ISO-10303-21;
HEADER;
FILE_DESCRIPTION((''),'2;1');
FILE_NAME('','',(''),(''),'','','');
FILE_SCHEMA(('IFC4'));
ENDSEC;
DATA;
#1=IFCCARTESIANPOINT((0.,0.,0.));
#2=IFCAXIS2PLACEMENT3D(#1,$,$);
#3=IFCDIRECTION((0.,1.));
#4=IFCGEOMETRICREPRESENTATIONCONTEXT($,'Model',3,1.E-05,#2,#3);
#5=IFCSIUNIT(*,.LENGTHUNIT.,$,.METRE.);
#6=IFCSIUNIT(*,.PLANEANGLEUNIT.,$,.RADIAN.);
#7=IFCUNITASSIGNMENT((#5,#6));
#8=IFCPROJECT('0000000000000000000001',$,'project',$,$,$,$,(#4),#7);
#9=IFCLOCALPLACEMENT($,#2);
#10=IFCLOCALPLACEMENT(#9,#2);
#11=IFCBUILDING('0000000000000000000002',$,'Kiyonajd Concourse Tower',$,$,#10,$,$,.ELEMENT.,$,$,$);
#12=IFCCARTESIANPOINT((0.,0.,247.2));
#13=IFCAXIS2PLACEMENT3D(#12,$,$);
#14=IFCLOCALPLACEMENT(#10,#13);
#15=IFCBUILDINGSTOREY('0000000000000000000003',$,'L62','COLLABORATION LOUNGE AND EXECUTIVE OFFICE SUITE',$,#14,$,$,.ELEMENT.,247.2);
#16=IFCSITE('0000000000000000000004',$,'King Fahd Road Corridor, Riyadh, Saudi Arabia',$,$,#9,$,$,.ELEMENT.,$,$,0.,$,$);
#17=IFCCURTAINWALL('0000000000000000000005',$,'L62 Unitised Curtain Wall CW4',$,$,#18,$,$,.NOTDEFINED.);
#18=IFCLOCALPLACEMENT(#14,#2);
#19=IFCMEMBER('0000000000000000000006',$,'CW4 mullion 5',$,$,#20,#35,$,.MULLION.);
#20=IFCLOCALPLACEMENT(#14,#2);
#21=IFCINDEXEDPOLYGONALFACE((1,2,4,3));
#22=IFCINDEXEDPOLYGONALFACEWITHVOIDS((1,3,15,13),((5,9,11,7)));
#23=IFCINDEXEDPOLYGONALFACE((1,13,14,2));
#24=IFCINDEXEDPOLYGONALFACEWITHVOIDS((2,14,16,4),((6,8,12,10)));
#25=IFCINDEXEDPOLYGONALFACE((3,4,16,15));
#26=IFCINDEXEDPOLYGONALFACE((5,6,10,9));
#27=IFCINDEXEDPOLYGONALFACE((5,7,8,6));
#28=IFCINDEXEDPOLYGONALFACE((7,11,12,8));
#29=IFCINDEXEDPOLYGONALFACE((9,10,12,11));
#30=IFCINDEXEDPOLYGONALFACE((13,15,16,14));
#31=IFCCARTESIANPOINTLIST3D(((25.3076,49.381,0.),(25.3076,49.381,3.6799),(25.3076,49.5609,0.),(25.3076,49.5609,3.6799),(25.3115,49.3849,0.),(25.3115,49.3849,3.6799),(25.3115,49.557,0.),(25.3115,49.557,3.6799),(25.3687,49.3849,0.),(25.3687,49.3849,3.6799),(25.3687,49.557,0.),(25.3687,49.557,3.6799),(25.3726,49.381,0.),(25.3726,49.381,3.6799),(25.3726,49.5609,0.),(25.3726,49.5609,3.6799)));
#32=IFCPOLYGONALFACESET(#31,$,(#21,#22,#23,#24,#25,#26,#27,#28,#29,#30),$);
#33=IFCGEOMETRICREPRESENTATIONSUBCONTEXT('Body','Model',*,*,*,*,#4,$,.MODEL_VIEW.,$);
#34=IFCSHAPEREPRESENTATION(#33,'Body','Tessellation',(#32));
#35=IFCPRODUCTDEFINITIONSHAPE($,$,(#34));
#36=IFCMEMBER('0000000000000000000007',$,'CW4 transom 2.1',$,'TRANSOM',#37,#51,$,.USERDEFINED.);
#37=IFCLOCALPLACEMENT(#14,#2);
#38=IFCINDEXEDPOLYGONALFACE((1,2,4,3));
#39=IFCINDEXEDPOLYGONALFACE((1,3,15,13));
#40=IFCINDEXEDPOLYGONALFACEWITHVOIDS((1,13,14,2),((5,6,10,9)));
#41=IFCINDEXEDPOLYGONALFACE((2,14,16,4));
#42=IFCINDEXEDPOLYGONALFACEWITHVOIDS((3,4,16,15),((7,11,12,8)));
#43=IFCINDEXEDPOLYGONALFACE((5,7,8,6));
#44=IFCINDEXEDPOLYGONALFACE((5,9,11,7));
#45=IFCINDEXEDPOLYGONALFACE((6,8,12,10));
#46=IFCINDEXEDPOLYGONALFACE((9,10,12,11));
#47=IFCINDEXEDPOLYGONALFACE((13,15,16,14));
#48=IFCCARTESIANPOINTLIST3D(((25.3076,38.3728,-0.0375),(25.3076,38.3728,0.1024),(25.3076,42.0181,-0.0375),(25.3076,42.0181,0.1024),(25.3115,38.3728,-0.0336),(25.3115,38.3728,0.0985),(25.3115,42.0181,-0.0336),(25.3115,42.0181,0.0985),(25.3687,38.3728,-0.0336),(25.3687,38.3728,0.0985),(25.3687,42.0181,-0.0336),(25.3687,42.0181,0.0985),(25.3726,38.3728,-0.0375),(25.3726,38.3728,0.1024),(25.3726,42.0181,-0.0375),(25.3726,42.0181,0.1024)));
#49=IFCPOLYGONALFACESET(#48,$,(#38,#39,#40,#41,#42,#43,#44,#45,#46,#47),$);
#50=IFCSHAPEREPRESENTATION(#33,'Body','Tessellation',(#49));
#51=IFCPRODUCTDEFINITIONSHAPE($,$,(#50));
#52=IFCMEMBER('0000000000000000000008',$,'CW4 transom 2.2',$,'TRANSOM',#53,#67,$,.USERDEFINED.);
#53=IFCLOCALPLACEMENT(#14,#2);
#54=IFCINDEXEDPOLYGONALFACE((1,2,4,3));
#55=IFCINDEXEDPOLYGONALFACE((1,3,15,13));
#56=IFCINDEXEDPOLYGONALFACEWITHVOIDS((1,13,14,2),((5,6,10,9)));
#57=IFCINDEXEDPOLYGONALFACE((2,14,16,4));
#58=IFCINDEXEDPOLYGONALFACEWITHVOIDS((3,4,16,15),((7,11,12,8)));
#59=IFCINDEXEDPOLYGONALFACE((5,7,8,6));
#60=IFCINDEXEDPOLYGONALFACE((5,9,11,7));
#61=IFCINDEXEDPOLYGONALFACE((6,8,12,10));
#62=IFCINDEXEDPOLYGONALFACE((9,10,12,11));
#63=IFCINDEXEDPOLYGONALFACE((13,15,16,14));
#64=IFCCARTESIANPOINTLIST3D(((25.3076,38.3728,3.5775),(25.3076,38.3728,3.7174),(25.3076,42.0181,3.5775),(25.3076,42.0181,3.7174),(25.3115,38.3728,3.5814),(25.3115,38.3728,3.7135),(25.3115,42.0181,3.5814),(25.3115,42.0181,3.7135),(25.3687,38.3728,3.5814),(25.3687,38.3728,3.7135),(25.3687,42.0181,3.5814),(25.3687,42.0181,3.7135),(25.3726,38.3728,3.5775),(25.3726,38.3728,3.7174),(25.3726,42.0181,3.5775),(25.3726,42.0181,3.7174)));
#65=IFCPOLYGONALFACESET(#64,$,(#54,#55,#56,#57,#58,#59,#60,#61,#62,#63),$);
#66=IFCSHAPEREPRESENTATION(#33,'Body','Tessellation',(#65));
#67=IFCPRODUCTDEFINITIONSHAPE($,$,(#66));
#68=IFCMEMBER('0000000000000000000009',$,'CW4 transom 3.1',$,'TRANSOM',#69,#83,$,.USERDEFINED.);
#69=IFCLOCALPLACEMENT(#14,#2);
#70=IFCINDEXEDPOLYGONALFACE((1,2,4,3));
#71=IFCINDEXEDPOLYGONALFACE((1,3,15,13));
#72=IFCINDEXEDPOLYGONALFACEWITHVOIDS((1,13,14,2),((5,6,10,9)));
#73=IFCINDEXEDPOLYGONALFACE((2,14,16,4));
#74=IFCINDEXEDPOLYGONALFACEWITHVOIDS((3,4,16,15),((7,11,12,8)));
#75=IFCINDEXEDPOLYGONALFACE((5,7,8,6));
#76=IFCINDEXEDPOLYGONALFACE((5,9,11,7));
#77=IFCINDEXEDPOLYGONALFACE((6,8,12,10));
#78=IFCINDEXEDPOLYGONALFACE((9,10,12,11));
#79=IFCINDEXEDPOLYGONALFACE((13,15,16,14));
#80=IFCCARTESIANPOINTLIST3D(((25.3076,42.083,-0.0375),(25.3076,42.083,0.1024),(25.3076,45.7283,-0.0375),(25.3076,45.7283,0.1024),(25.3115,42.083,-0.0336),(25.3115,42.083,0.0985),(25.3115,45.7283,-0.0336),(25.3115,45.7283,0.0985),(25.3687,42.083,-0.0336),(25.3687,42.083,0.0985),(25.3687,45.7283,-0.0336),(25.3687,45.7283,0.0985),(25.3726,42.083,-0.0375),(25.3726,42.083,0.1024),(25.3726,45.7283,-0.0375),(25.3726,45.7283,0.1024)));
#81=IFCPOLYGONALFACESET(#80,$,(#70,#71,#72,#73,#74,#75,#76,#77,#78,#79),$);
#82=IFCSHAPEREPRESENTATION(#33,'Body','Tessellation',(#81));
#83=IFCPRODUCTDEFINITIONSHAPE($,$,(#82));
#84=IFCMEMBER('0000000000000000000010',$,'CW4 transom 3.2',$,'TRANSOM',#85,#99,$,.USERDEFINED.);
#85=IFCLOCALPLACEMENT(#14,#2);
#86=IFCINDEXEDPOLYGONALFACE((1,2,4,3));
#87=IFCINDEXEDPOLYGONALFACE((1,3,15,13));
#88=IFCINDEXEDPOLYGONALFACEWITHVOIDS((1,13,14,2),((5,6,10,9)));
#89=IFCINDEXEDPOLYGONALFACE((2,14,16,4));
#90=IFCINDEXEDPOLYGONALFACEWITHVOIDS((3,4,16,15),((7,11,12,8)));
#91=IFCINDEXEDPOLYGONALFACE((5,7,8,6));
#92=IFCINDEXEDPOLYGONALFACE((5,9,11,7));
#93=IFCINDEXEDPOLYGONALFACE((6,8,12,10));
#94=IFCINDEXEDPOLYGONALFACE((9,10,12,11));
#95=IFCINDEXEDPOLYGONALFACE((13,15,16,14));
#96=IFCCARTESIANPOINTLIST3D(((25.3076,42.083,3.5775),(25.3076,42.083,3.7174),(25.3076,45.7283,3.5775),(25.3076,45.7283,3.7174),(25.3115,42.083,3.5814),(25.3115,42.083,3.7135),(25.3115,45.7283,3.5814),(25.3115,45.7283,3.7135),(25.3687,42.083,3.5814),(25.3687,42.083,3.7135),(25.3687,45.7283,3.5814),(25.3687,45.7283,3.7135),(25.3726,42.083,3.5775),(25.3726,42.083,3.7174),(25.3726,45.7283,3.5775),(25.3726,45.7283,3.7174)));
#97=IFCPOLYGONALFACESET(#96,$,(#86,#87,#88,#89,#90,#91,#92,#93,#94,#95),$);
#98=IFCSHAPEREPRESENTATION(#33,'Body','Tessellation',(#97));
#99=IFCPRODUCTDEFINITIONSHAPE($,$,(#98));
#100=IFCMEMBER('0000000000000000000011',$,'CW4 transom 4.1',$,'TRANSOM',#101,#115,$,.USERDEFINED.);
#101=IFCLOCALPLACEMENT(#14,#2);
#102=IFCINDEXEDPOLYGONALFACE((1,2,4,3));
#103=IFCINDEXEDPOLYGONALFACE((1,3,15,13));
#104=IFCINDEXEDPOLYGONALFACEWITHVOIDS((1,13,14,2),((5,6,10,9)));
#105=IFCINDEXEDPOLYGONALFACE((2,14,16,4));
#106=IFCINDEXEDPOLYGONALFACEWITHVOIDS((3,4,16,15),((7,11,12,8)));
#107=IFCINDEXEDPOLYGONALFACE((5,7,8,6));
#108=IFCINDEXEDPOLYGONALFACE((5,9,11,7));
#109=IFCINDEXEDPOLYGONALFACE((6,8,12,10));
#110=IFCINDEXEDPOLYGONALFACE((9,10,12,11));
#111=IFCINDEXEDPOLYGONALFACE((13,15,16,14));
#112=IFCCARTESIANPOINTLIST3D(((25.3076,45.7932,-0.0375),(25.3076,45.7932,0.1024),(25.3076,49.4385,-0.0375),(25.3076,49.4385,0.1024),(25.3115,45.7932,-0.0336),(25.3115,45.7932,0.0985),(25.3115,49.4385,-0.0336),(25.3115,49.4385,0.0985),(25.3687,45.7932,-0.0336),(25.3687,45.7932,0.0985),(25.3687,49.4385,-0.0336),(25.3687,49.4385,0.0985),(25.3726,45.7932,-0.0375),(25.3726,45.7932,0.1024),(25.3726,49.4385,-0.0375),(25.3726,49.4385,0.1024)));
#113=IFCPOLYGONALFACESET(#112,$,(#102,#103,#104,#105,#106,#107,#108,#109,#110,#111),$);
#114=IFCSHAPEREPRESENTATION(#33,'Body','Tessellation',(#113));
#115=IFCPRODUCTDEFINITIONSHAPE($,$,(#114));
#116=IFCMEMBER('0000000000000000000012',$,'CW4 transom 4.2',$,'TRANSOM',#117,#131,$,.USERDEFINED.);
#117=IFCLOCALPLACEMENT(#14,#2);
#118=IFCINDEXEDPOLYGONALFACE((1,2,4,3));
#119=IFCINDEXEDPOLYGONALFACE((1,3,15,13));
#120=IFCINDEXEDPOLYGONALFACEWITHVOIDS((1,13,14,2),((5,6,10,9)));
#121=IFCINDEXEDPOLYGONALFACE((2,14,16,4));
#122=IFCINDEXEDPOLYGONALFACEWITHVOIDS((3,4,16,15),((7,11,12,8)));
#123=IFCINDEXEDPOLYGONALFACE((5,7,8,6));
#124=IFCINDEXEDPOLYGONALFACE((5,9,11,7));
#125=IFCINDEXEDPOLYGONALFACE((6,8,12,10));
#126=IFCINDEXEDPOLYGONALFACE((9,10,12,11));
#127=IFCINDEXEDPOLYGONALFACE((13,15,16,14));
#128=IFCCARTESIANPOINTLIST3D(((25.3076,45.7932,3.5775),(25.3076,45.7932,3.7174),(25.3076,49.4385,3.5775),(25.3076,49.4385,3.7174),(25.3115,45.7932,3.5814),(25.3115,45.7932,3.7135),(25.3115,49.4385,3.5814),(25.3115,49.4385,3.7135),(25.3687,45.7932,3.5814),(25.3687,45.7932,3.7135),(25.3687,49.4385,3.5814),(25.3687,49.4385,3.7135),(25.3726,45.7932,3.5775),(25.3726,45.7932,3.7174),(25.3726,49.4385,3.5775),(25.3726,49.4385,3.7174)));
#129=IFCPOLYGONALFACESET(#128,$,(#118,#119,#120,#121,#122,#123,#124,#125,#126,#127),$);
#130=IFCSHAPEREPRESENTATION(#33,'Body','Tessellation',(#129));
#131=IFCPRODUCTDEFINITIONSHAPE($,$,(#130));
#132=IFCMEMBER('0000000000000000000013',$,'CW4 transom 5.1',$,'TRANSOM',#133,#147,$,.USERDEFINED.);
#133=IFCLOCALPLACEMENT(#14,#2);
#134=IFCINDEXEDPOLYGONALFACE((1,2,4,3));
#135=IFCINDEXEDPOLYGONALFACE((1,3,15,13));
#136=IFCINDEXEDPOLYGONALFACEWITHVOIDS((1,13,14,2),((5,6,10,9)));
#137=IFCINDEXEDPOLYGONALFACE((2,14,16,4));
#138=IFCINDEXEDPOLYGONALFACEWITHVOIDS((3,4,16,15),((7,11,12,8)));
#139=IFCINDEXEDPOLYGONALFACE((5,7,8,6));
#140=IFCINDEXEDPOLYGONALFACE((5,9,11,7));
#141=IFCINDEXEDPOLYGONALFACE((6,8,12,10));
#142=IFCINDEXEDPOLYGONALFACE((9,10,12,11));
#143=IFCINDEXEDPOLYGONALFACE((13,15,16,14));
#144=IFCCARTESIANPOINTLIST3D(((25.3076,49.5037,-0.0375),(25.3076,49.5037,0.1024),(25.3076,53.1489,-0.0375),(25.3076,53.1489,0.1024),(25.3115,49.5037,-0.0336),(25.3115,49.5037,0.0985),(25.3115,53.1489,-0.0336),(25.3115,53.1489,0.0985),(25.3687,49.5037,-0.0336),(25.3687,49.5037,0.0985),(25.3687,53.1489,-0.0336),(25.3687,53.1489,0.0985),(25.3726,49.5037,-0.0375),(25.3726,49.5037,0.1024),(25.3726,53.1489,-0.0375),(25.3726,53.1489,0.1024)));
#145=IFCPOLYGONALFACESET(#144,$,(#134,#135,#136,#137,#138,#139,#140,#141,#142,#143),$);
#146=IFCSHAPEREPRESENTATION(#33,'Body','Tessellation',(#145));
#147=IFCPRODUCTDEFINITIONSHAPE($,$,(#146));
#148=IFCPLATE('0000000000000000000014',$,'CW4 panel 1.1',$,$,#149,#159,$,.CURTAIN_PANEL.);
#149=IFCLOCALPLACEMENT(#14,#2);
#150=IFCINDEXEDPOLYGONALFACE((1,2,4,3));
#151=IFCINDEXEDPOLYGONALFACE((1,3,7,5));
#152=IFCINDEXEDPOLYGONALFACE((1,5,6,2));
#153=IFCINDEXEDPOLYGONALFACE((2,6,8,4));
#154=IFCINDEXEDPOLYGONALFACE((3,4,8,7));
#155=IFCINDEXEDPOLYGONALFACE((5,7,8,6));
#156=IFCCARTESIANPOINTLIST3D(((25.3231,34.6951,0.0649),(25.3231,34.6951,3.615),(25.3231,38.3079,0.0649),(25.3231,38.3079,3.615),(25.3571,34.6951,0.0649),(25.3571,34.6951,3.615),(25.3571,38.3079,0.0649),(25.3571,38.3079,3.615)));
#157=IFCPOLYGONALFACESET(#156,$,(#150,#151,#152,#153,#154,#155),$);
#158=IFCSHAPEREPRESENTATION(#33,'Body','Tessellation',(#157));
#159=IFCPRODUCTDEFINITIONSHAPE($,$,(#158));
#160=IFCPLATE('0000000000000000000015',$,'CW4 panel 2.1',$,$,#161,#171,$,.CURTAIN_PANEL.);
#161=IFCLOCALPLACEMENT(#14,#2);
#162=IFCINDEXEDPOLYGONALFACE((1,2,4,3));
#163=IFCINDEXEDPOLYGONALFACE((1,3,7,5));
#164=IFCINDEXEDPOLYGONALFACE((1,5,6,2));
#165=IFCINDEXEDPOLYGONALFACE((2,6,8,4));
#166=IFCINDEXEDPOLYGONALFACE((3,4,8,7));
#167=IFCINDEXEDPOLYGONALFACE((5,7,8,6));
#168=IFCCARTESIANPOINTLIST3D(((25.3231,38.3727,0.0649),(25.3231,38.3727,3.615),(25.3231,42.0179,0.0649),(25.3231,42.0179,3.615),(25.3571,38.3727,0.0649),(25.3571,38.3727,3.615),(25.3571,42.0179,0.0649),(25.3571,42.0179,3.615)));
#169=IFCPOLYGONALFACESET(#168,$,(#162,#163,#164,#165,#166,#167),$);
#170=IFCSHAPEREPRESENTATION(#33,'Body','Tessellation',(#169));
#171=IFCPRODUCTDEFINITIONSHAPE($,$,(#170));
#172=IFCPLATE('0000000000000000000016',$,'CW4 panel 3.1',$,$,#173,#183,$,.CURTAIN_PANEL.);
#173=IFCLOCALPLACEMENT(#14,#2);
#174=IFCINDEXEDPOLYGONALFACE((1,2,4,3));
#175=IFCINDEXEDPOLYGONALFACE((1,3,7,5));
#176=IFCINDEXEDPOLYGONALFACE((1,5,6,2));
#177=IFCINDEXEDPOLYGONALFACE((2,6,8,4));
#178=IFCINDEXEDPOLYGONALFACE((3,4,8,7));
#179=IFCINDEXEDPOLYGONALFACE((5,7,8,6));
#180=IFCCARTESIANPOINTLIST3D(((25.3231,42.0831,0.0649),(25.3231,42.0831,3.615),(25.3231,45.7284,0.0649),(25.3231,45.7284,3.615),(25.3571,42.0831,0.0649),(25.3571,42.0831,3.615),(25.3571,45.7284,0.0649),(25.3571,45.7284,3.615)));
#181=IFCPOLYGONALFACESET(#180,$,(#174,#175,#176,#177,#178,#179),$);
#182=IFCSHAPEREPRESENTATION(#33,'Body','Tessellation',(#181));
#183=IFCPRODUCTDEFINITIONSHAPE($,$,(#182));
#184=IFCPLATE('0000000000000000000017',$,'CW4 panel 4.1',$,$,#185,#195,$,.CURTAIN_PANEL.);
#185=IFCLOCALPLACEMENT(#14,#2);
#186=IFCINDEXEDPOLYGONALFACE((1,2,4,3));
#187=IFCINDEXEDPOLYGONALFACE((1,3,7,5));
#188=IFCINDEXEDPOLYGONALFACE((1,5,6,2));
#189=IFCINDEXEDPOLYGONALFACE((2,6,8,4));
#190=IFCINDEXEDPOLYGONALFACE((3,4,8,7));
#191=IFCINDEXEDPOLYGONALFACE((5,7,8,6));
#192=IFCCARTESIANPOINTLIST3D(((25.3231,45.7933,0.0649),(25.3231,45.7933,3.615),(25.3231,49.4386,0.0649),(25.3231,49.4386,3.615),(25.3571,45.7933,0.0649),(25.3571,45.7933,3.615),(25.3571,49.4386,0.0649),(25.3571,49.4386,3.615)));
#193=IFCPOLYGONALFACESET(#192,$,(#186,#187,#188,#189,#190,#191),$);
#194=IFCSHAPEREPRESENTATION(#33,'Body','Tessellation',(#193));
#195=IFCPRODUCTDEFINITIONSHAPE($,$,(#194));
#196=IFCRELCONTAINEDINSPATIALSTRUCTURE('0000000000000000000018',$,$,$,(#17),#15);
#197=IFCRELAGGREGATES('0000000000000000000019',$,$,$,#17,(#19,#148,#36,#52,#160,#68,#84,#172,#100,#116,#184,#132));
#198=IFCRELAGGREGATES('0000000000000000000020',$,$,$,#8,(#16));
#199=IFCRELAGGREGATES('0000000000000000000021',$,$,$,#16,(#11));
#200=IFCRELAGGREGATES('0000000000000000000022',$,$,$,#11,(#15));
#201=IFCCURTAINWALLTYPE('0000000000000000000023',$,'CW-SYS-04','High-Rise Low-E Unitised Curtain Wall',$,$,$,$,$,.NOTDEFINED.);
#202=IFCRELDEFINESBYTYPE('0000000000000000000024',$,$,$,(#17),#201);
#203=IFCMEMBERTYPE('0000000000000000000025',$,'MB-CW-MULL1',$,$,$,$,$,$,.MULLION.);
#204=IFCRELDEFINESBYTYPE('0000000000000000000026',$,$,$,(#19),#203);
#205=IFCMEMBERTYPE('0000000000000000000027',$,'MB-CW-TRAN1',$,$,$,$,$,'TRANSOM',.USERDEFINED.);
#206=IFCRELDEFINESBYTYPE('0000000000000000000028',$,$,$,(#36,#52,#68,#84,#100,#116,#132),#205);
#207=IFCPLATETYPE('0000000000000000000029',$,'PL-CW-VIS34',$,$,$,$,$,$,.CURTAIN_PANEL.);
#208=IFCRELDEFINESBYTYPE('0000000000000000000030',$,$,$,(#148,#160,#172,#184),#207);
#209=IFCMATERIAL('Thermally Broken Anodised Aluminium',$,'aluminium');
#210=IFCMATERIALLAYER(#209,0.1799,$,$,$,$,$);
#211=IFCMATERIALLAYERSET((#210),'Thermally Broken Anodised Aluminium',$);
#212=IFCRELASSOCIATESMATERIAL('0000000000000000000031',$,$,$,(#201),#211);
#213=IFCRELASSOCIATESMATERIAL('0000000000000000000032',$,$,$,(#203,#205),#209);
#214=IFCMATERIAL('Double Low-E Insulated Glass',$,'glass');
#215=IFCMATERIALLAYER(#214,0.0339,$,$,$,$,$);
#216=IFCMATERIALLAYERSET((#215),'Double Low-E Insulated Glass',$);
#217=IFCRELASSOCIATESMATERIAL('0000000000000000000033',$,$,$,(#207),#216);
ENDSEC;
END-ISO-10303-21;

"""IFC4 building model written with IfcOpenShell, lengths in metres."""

from ifc_helpers import new_model, si_unit, direction, frame, origin, origin_2d, place, context, subcontext, project, spatial, rectangle, hollow_rectangle, extrude, material, layer, layer_set, material_profile, profile_set, type_object, element, aggregate, save


model = new_model("IFC4")

# Units and contexts
model_context = context("Model", 3, precision=1e-05, world=origin(), true_north=direction((0.0, 1.0)))
body_context = subcontext(model_context, "Body", "Model", "MODEL_VIEW")
ifc_project = project(units=[si_unit("LENGTHUNIT", "METRE"), si_unit("PLANEANGLEUNIT", "RADIAN")], contexts=[model_context])

# Site, building, storey
site_placement = place(None, origin())
site = spatial("IfcSite", under=ifc_project, at=site_placement, Name="King Fahd Road Corridor, Riyadh, Saudi Arabia", CompositionType="ELEMENT", RefElevation=0.0)
building_placement = place(site_placement, origin())
building = spatial("IfcBuilding", under=site, at=building_placement, Name="Kiyonajd Concourse Tower", CompositionType="ELEMENT")
storey_placement = place(building_placement, frame((0.0, 0.0, 247.2)))
storey = spatial("IfcBuildingStorey", under=building, at=storey_placement, Name="L62", Description="COLLABORATION LOUNGE AND EXECUTIVE OFFICE SUITE", CompositionType="ELEMENT", Elevation=247.2)

# Curtain wall, members, plates
ifc_material_1 = material(Name="Thermally Broken Anodised Aluminium", Category="aluminium")
ifc_layer_1 = layer(ifc_material_1, 0.1799)
ifc_layer_set_1 = layer_set([ifc_layer_1], Name="Thermally Broken Anodised Aluminium")
curtain_wall_type = type_object("IfcCurtainWallType", Name="CW-SYS-04", Description="High-Rise Low-E Unitised Curtain Wall", PredefinedType="NOTDEFINED", material=ifc_layer_set_1)
curtain_wall_placement = place(storey_placement, origin())
curtain_wall = element("IfcCurtainWall", 1, at=curtain_wall_placement, inside=storey, type_object=curtain_wall_type, Name="L62 Unitised Curtain Wall CW4", PredefinedType="NOTDEFINED")
ifc_material_profile_1 = material_profile(ifc_material_1, hollow_rectangle(XDim=0.0649, YDim=0.1799, WallThickness=0.0039, at=origin_2d()), Name="MULL-65x180")
ifc_profile_set_1 = profile_set([ifc_material_profile_1], Name="Thermally Broken Anodised Aluminium")
member_type_1 = type_object("IfcMemberType", Name="MB-CW-MULL1", PredefinedType="MULLION", material=ifc_profile_set_1)
member_1_placement = place(storey_placement, frame((25.3401, 49.4709, 0.0), z_axis=(0.0, 0.0, 1.0), x_axis=(-1.0, 0.0, 0.0)))
member_1 = element("IfcMember", 2, at=member_1_placement, type_object=member_type_1, Name="CW4 mullion 5", PredefinedType="MULLION", context=body_context, shape_type="SweptSolid", body=[
    extrude(hollow_rectangle(XDim=0.0649, YDim=0.1799, WallThickness=0.0039, at=origin_2d()), origin(), (0.0, 0.0, 1.0), 3.6799),
])
ifc_material_profile_2 = material_profile(ifc_material_1, hollow_rectangle(XDim=0.0649, YDim=0.1399, WallThickness=0.0039, at=origin_2d()), Name="TRAN-65x140")
ifc_profile_set_2 = profile_set([ifc_material_profile_2], Name="Thermally Broken Anodised Aluminium")
member_type_2 = type_object("IfcMemberType", Name="MB-CW-TRAN1", ElementType="TRANSOM", PredefinedType="USERDEFINED", material=ifc_profile_set_2)
member_2_placement = place(storey_placement, frame((25.3401, 38.3728, 0.0325), z_axis=(0.0, 1.0, 0.0), x_axis=(-1.0, 0.0, 0.0)))
member_2 = element("IfcMember", 3, at=member_2_placement, type_object=member_type_2, Name="CW4 transom 2.1", ObjectType="TRANSOM", PredefinedType="USERDEFINED", context=body_context, shape_type="SweptSolid", body=[
    extrude(hollow_rectangle(XDim=0.0649, YDim=0.1399, WallThickness=0.0039, at=origin_2d()), origin(), (0.0, 0.0, 1.0), 3.6453),
])
member_3_placement = place(storey_placement, frame((25.3401, 38.3728, 3.6475), z_axis=(0.0, 1.0, 0.0), x_axis=(-1.0, 0.0, 0.0)))
member_3 = element("IfcMember", 4, at=member_3_placement, type_object=member_type_2, Name="CW4 transom 2.2", ObjectType="TRANSOM", PredefinedType="USERDEFINED", context=body_context, shape_type="SweptSolid", body=[
    extrude(hollow_rectangle(XDim=0.0649, YDim=0.1399, WallThickness=0.0039, at=origin_2d()), origin(), (0.0, 0.0, 1.0), 3.6453),
])
member_4_placement = place(storey_placement, frame((25.3401, 42.083, 0.0325), z_axis=(0.0, 1.0, 0.0), x_axis=(-1.0, 0.0, 0.0)))
member_4 = element("IfcMember", 5, at=member_4_placement, type_object=member_type_2, Name="CW4 transom 3.1", ObjectType="TRANSOM", PredefinedType="USERDEFINED", context=body_context, shape_type="SweptSolid", body=[
    extrude(hollow_rectangle(XDim=0.0649, YDim=0.1399, WallThickness=0.0039, at=origin_2d()), origin(), (0.0, 0.0, 1.0), 3.6453),
])
member_5_placement = place(storey_placement, frame((25.3401, 42.083, 3.6475), z_axis=(0.0, 1.0, 0.0), x_axis=(-1.0, 0.0, 0.0)))
member_5 = element("IfcMember", 6, at=member_5_placement, type_object=member_type_2, Name="CW4 transom 3.2", ObjectType="TRANSOM", PredefinedType="USERDEFINED", context=body_context, shape_type="SweptSolid", body=[
    extrude(hollow_rectangle(XDim=0.0649, YDim=0.1399, WallThickness=0.0039, at=origin_2d()), origin(), (0.0, 0.0, 1.0), 3.6453),
])
member_6_placement = place(storey_placement, frame((25.3401, 45.7932, 0.0325), z_axis=(0.0, 1.0, 0.0), x_axis=(-1.0, 0.0, 0.0)))
member_6 = element("IfcMember", 7, at=member_6_placement, type_object=member_type_2, Name="CW4 transom 4.1", ObjectType="TRANSOM", PredefinedType="USERDEFINED", context=body_context, shape_type="SweptSolid", body=[
    extrude(hollow_rectangle(XDim=0.0649, YDim=0.1399, WallThickness=0.0039, at=origin_2d()), origin(), (0.0, 0.0, 1.0), 3.6453),
])
member_7_placement = place(storey_placement, frame((25.3401, 45.7932, 3.6475), z_axis=(0.0, 1.0, 0.0), x_axis=(-1.0, 0.0, 0.0)))
member_7 = element("IfcMember", 8, at=member_7_placement, type_object=member_type_2, Name="CW4 transom 4.2", ObjectType="TRANSOM", PredefinedType="USERDEFINED", context=body_context, shape_type="SweptSolid", body=[
    extrude(hollow_rectangle(XDim=0.0649, YDim=0.1399, WallThickness=0.0039, at=origin_2d()), origin(), (0.0, 0.0, 1.0), 3.6453),
])
member_8_placement = place(storey_placement, frame((25.3401, 49.5037, 0.0325), z_axis=(0.0, 1.0, 0.0), x_axis=(-1.0, 0.0, 0.0)))
member_8 = element("IfcMember", 9, at=member_8_placement, type_object=member_type_2, Name="CW4 transom 5.1", ObjectType="TRANSOM", PredefinedType="USERDEFINED", context=body_context, shape_type="SweptSolid", body=[
    extrude(hollow_rectangle(XDim=0.0649, YDim=0.1399, WallThickness=0.0039, at=origin_2d()), origin(), (0.0, 0.0, 1.0), 3.6453),
])
ifc_material_2 = material(Name="Double Low-E Insulated Glass", Category="glass")
ifc_layer_2 = layer(ifc_material_2, 0.0339)
ifc_layer_set_2 = layer_set([ifc_layer_2], Name="Double Low-E Insulated Glass")
plate_type = type_object("IfcPlateType", Name="PL-CW-VIS34", PredefinedType="CURTAIN_PANEL", material=ifc_layer_set_2)
plate_1_placement = place(storey_placement, frame((25.3401, 36.5015, 0.0649), z_axis=(0.0, 0.0, 1.0), x_axis=(0.0, 1.0, 0.0)))
plate_1 = element("IfcPlate", 10, at=plate_1_placement, type_object=plate_type, Name="CW4 panel 1.1", PredefinedType="CURTAIN_PANEL", context=body_context, shape_type="SweptSolid", body=[
    extrude(rectangle(XDim=3.6128, YDim=0.0339, at=origin_2d()), origin(), (0.0, 0.0, 1.0), 3.55),
])
plate_2_placement = place(storey_placement, frame((25.3401, 40.1953, 0.0649), z_axis=(0.0, 0.0, 1.0), x_axis=(0.0, 1.0, 0.0)))
plate_2 = element("IfcPlate", 11, at=plate_2_placement, type_object=plate_type, Name="CW4 panel 2.1", PredefinedType="CURTAIN_PANEL", context=body_context, shape_type="SweptSolid", body=[
    extrude(rectangle(XDim=3.6453, YDim=0.0339, at=origin_2d()), origin(), (0.0, 0.0, 1.0), 3.55),
])
plate_3_placement = place(storey_placement, frame((25.3401, 43.9058, 0.0649), z_axis=(0.0, 0.0, 1.0), x_axis=(0.0, 1.0, 0.0)))
plate_3 = element("IfcPlate", 12, at=plate_3_placement, type_object=plate_type, Name="CW4 panel 3.1", PredefinedType="CURTAIN_PANEL", context=body_context, shape_type="SweptSolid", body=[
    extrude(rectangle(XDim=3.6453, YDim=0.0339, at=origin_2d()), origin(), (0.0, 0.0, 1.0), 3.55),
])
plate_4_placement = place(storey_placement, frame((25.3401, 47.616, 0.0649), z_axis=(0.0, 0.0, 1.0), x_axis=(0.0, 1.0, 0.0)))
plate_4 = element("IfcPlate", 13, at=plate_4_placement, type_object=plate_type, Name="CW4 panel 4.1", PredefinedType="CURTAIN_PANEL", context=body_context, shape_type="SweptSolid", body=[
    extrude(rectangle(XDim=3.6453, YDim=0.0339, at=origin_2d()), origin(), (0.0, 0.0, 1.0), 3.55),
])
aggregate(curtain_wall, [member_1, plate_1, member_2, member_3, plate_2, member_4, member_5, plate_3, member_6, member_7, plate_4, member_8])

save(model, "model.ifc")
